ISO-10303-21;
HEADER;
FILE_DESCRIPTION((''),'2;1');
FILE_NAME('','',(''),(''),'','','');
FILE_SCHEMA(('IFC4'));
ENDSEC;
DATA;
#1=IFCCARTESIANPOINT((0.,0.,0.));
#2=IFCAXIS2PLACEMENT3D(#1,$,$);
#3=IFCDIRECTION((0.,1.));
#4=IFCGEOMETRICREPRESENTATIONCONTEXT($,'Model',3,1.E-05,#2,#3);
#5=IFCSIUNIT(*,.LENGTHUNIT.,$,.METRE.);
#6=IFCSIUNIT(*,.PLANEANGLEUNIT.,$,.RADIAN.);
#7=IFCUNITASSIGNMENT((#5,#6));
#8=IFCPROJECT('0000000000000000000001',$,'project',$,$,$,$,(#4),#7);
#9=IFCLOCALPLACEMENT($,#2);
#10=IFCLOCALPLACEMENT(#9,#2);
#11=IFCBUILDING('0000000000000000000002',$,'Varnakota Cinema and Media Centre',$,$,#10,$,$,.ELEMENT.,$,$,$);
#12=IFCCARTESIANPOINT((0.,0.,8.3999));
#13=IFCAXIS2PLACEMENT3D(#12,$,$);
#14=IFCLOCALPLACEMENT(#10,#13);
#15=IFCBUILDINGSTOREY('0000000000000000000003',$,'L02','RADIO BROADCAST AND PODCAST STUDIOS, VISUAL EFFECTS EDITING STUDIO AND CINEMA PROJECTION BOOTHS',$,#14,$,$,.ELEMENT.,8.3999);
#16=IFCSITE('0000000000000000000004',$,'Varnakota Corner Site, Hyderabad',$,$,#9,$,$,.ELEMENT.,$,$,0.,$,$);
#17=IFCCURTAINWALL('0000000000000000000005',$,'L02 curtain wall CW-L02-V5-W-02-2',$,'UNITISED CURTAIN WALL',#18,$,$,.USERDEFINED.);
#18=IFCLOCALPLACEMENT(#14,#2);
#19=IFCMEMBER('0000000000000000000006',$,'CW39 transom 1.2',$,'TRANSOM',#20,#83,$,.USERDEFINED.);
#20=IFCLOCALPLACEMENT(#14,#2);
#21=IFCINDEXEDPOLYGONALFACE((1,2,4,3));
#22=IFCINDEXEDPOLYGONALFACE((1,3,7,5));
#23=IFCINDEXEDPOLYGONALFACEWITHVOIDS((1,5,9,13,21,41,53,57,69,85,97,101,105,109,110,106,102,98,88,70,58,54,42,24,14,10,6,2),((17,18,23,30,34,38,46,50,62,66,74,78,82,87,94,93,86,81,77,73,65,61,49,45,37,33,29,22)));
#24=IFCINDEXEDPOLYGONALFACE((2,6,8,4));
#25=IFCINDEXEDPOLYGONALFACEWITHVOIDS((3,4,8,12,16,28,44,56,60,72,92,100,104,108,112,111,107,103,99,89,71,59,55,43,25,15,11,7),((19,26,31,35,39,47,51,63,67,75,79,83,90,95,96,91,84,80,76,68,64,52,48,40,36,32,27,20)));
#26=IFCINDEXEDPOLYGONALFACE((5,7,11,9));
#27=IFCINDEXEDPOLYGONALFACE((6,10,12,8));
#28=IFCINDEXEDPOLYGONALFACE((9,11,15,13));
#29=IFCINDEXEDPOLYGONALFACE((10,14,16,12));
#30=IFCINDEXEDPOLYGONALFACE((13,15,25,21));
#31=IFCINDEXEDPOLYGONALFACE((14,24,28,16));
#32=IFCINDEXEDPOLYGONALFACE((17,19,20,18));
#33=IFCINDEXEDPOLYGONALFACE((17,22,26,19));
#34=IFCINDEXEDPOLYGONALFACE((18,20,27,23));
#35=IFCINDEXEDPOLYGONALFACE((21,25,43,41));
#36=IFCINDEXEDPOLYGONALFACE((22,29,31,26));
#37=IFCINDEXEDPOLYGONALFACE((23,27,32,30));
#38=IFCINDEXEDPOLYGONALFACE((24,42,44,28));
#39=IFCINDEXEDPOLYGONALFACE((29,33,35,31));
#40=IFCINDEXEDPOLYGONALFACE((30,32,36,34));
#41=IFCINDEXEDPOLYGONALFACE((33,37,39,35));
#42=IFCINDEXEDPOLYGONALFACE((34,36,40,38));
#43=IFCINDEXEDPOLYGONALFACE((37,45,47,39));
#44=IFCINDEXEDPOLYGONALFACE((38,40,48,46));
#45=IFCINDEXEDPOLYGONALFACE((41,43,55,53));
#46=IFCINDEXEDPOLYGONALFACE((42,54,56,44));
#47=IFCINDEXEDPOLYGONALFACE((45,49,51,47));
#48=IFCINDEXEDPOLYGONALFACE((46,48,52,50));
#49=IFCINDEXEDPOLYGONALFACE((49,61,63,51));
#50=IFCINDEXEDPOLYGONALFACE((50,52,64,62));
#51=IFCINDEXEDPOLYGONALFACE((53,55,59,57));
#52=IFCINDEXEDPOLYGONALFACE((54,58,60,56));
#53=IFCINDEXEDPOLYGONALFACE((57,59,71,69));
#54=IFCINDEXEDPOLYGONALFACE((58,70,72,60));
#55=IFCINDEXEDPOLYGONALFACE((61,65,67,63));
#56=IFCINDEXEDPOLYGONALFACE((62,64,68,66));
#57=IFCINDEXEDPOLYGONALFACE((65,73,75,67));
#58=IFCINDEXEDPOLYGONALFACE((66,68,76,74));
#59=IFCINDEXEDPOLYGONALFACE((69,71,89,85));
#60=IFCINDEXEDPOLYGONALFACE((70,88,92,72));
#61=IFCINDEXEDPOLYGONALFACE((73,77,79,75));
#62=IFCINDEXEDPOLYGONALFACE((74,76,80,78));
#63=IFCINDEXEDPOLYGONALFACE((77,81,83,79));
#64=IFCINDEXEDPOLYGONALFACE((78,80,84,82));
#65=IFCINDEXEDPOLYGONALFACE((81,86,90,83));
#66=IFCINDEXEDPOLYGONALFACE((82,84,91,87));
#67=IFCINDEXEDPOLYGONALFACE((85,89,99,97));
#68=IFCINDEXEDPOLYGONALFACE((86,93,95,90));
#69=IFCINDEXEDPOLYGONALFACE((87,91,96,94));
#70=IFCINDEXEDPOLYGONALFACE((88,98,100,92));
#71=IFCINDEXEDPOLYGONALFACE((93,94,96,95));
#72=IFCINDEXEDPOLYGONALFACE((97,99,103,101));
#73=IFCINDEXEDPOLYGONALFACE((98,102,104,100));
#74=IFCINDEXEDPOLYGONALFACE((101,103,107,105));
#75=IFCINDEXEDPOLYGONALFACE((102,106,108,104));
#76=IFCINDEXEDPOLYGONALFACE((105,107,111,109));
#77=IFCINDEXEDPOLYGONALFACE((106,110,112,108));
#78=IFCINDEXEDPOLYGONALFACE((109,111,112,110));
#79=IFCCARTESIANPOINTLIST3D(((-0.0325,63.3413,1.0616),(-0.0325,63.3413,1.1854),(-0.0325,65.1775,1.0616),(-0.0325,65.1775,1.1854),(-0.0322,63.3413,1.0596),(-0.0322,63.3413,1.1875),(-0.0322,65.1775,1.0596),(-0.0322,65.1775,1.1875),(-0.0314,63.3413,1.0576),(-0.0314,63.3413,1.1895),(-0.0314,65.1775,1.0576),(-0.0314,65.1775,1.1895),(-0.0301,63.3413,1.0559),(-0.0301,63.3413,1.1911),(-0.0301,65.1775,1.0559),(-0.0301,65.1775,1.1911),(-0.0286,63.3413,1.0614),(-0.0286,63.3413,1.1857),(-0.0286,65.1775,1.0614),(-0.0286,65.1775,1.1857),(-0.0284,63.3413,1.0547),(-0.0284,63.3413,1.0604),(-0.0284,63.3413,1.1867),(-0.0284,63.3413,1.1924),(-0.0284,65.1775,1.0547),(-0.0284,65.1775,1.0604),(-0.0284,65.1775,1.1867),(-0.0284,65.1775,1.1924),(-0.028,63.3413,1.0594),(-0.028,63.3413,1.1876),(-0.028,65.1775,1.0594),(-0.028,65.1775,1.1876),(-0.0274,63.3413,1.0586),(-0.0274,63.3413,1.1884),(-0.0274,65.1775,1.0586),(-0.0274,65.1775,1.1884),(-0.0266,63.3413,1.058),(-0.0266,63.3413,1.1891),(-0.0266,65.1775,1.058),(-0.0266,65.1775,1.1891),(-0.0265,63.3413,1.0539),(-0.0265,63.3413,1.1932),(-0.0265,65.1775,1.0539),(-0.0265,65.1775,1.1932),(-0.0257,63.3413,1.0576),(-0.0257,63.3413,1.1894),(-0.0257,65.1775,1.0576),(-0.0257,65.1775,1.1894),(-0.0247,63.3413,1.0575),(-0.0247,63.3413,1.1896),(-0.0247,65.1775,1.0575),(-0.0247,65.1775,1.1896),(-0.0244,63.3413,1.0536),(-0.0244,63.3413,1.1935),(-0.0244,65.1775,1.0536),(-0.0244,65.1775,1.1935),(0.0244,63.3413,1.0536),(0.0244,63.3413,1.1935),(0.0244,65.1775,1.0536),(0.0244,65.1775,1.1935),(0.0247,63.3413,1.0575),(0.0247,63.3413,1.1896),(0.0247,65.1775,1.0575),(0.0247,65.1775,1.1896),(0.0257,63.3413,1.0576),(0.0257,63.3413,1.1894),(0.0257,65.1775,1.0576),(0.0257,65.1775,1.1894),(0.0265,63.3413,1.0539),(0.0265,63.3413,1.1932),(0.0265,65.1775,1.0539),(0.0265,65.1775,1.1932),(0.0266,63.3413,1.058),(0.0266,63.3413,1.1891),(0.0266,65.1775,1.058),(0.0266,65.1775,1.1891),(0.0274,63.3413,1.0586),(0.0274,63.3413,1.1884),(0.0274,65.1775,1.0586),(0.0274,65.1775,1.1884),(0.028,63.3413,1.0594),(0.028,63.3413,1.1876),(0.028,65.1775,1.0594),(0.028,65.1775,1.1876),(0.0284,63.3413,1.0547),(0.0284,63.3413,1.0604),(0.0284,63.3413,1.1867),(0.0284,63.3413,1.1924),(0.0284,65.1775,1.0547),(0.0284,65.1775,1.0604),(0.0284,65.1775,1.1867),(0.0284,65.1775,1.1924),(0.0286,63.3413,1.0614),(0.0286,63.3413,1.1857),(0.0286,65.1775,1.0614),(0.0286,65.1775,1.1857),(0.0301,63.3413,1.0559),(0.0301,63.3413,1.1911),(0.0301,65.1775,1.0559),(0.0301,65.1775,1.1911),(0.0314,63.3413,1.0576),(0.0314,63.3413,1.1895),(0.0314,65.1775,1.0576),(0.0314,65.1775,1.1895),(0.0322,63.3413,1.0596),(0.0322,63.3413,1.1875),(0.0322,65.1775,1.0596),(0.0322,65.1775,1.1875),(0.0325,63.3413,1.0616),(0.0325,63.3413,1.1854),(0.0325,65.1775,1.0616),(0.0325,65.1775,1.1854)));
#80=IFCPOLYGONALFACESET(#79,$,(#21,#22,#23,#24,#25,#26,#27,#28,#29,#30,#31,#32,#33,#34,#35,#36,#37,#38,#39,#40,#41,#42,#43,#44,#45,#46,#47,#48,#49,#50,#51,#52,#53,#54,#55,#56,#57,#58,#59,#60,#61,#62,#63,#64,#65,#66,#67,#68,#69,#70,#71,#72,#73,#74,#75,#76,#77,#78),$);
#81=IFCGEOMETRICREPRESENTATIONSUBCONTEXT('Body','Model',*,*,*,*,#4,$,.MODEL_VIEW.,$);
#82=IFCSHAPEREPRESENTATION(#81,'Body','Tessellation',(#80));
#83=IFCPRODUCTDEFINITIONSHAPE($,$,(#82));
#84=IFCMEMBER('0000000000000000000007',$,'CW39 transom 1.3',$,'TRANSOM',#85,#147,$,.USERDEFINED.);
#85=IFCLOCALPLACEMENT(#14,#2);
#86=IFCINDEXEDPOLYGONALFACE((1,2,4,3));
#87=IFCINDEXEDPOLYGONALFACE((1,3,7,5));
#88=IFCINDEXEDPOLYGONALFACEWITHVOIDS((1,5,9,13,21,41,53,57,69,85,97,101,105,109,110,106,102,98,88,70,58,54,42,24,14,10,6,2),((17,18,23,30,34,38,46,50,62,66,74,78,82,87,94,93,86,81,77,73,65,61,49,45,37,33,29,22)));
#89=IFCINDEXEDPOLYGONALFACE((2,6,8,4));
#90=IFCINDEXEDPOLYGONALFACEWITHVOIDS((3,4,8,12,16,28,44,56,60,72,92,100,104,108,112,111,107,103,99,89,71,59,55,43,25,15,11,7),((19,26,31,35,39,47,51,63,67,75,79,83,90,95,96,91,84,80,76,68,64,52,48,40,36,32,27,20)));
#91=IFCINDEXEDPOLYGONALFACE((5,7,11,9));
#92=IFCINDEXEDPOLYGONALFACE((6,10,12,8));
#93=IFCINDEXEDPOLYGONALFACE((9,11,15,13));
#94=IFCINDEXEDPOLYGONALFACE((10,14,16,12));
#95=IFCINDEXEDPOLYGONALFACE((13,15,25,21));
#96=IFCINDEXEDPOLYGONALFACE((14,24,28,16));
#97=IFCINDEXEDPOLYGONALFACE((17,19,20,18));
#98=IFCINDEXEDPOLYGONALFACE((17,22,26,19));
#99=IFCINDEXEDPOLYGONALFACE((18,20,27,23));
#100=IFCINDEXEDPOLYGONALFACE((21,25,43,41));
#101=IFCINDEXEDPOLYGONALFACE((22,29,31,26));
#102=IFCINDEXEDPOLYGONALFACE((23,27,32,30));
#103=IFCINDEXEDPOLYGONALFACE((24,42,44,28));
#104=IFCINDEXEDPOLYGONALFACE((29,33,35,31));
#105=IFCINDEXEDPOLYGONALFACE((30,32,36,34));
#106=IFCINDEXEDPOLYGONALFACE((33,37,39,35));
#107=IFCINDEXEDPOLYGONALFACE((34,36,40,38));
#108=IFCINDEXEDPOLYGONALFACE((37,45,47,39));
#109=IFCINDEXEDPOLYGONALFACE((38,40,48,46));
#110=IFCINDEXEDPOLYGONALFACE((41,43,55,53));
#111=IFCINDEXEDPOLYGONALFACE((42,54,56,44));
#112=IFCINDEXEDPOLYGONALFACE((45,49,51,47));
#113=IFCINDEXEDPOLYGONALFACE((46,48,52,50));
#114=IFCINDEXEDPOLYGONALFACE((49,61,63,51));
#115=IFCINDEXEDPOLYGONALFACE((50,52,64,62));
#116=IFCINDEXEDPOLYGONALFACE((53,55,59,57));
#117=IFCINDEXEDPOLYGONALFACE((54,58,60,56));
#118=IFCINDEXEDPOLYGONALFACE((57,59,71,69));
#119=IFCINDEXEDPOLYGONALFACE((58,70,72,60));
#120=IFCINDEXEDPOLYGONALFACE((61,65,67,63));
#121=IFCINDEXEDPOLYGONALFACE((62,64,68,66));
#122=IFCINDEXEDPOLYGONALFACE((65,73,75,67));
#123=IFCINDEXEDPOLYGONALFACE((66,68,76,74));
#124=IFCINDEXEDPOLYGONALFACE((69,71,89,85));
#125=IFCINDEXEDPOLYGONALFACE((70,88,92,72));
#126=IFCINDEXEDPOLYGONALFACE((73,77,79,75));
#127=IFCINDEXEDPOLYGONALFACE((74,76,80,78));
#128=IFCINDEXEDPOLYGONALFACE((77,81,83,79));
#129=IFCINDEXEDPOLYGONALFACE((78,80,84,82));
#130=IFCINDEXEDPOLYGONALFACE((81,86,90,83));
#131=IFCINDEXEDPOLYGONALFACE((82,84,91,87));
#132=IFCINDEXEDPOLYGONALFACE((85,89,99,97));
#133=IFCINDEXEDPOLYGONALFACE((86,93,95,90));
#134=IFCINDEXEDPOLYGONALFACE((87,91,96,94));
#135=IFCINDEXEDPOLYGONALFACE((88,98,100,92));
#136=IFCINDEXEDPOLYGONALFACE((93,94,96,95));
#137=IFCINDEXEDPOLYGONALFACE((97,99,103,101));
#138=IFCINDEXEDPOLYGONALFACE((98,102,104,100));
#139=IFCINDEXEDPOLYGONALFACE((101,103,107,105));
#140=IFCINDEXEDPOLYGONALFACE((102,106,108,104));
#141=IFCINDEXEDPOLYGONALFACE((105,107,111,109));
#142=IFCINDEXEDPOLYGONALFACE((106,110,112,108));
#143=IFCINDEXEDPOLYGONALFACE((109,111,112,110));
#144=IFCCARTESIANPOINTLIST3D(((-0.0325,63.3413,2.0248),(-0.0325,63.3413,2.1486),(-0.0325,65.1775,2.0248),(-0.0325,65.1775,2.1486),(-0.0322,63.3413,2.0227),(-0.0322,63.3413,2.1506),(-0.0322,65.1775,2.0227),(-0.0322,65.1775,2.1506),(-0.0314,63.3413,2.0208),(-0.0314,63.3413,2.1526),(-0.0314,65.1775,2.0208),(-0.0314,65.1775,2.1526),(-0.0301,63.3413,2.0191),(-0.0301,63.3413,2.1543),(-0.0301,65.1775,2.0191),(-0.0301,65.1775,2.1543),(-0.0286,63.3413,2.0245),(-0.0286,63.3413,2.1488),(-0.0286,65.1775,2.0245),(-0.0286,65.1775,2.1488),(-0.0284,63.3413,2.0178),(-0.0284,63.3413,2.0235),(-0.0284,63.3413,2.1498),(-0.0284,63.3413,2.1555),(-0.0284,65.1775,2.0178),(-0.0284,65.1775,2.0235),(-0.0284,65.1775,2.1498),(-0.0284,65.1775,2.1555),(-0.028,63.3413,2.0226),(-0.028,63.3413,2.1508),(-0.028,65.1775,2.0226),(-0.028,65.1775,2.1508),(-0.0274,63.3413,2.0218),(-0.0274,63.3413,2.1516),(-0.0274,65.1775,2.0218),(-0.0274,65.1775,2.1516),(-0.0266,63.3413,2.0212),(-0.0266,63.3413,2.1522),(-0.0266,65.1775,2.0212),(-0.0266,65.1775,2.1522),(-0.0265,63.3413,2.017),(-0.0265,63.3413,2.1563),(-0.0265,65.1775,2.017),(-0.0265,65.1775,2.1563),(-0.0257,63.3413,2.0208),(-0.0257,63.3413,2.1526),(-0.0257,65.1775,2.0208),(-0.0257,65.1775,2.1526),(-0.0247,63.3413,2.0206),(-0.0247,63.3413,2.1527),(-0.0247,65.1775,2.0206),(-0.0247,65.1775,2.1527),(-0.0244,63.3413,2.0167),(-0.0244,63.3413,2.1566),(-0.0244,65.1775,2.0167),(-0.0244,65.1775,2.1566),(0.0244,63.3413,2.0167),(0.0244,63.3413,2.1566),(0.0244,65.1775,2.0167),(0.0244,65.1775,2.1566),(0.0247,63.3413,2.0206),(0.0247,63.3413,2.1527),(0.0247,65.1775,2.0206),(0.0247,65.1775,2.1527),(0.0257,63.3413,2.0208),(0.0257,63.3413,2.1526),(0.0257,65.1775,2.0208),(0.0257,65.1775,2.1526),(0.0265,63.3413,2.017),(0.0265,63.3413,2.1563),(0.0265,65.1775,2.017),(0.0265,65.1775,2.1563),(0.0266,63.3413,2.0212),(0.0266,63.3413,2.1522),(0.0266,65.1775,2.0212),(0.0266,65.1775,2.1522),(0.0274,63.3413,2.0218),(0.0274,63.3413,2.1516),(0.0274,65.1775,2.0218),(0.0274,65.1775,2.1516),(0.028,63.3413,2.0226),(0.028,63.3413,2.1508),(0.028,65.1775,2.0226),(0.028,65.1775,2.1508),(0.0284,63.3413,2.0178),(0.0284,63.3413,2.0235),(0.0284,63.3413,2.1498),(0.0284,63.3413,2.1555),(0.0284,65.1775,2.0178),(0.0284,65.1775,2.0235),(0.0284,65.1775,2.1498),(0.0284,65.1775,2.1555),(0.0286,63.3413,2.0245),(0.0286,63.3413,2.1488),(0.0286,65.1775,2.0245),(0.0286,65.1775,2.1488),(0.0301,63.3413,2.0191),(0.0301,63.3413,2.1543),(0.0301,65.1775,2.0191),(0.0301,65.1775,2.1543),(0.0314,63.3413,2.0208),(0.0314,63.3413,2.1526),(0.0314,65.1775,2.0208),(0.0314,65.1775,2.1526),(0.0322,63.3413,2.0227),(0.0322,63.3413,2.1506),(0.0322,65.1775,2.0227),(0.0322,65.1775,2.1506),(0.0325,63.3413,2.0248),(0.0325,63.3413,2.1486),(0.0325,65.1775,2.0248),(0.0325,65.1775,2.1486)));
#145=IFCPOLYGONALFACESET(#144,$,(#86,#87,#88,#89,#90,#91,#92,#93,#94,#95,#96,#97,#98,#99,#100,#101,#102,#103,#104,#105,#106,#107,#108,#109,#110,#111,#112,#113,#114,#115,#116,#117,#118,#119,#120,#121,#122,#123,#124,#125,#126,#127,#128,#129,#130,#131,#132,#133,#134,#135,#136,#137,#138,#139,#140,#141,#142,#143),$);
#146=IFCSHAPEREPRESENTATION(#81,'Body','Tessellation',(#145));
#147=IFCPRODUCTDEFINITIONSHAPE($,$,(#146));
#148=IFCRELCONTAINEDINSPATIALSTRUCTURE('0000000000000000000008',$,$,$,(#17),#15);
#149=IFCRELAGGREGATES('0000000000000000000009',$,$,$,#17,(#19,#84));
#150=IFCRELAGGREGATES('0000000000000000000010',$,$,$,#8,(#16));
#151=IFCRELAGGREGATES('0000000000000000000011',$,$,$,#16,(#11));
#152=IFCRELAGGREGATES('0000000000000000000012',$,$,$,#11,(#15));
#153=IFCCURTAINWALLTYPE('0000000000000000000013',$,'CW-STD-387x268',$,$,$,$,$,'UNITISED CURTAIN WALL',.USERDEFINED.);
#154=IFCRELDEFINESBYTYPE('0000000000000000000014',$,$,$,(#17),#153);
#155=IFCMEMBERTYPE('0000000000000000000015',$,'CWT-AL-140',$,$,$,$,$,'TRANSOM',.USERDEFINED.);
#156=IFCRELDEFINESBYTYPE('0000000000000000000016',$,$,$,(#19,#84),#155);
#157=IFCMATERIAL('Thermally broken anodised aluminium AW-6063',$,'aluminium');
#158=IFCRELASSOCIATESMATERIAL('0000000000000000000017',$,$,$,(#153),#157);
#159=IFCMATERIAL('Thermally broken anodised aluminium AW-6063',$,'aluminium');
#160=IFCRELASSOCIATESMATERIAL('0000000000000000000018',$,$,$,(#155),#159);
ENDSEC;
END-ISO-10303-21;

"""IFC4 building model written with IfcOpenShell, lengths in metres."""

from ifc_helpers import new_model, si_unit, direction, frame, origin, origin_2d, place, context, subcontext, project, spatial, hollow_rectangle, extrude, material, material_profile, profile_set, type_object, element, aggregate, save


model = new_model("IFC4")

# Units and contexts
model_context = context("Model", 3, precision=1e-05, world=origin(), true_north=direction((0.0, 1.0)))
body_context = subcontext(model_context, "Body", "Model", "MODEL_VIEW")
ifc_project = project(units=[si_unit("LENGTHUNIT", "METRE"), si_unit("PLANEANGLEUNIT", "RADIAN")], contexts=[model_context])

# Site, building, storey
site_placement = place(None, origin())
site = spatial("IfcSite", under=ifc_project, at=site_placement, Name="Varnakota Corner Site, Hyderabad", CompositionType="ELEMENT", RefElevation=0.0)
building_placement = place(site_placement, origin())
building = spatial("IfcBuilding", under=site, at=building_placement, Name="Varnakota Cinema and Media Centre", CompositionType="ELEMENT")
storey_placement = place(building_placement, frame((0.0, 0.0, 8.3999)))
storey = spatial("IfcBuildingStorey", under=building, at=storey_placement, Name="L02", Description="RADIO BROADCAST AND PODCAST STUDIOS, VISUAL EFFECTS EDITING STUDIO AND CINEMA PROJECTION BOOTHS", CompositionType="ELEMENT", Elevation=8.3999)

# Curtain wall, members
ifc_material_1 = material(Name="Thermally broken anodised aluminium AW-6063", Category="aluminium")
curtain_wall_type = type_object("IfcCurtainWallType", Name="CW-STD-387x268", ElementType="UNITISED CURTAIN WALL", PredefinedType="USERDEFINED", material=ifc_material_1)
curtain_wall_placement = place(storey_placement, origin())
curtain_wall = element("IfcCurtainWall", 1, at=curtain_wall_placement, inside=storey, type_object=curtain_wall_type, Name="L02 curtain wall CW-L02-V5-W-02-2", ObjectType="UNITISED CURTAIN WALL", PredefinedType="USERDEFINED")
ifc_material_2 = material(Name="Thermally broken anodised aluminium AW-6063", Category="aluminium")
ifc_material_profile_1 = material_profile(ifc_material_2, hollow_rectangle(XDim=0.0649, YDim=0.1399, WallThickness=0.0039, InnerFilletRadius=0.0039, OuterFilletRadius=0.0081, at=origin_2d()), Name="AL-TRANSOM 140x65x4")
ifc_profile_set_1 = profile_set([ifc_material_profile_1], Name="Thermally broken anodised aluminium AW-6063")
member_type_1 = type_object("IfcMemberType", Name="CWT-AL-140", ElementType="TRANSOM", PredefinedType="USERDEFINED", material=ifc_profile_set_1)
member_1_placement = place(storey_placement, frame((0.0, 65.1775, 1.1235), z_axis=(0.0, -1.0, 0.0), x_axis=(1.0, 0.0, 0.0)))
member_1 = element("IfcMember", 2, at=member_1_placement, type_object=member_type_1, Name="CW39 transom 1.2", ObjectType="TRANSOM", PredefinedType="USERDEFINED", context=body_context, shape_type="SweptSolid", body=[
    extrude(hollow_rectangle(XDim=0.0649, YDim=0.1399, WallThickness=0.0039, InnerFilletRadius=0.0039, OuterFilletRadius=0.0081, at=origin_2d()), origin(), (0.0, 0.0, 1.0), 1.8362),
])
member_2_placement = place(storey_placement, frame((0.0, 65.1775, 2.0867), z_axis=(0.0, -1.0, 0.0), x_axis=(1.0, 0.0, 0.0)))
member_2 = element("IfcMember", 3, at=member_2_placement, type_object=member_type_1, Name="CW39 transom 1.3", ObjectType="TRANSOM", PredefinedType="USERDEFINED", context=body_context, shape_type="SweptSolid", body=[
    extrude(hollow_rectangle(XDim=0.0649, YDim=0.1399, WallThickness=0.0039, InnerFilletRadius=0.0039, OuterFilletRadius=0.0081, at=origin_2d()), origin(), (0.0, 0.0, 1.0), 1.8362),
])
aggregate(curtain_wall, [member_1, member_2])

save(model, "model.ifc")
